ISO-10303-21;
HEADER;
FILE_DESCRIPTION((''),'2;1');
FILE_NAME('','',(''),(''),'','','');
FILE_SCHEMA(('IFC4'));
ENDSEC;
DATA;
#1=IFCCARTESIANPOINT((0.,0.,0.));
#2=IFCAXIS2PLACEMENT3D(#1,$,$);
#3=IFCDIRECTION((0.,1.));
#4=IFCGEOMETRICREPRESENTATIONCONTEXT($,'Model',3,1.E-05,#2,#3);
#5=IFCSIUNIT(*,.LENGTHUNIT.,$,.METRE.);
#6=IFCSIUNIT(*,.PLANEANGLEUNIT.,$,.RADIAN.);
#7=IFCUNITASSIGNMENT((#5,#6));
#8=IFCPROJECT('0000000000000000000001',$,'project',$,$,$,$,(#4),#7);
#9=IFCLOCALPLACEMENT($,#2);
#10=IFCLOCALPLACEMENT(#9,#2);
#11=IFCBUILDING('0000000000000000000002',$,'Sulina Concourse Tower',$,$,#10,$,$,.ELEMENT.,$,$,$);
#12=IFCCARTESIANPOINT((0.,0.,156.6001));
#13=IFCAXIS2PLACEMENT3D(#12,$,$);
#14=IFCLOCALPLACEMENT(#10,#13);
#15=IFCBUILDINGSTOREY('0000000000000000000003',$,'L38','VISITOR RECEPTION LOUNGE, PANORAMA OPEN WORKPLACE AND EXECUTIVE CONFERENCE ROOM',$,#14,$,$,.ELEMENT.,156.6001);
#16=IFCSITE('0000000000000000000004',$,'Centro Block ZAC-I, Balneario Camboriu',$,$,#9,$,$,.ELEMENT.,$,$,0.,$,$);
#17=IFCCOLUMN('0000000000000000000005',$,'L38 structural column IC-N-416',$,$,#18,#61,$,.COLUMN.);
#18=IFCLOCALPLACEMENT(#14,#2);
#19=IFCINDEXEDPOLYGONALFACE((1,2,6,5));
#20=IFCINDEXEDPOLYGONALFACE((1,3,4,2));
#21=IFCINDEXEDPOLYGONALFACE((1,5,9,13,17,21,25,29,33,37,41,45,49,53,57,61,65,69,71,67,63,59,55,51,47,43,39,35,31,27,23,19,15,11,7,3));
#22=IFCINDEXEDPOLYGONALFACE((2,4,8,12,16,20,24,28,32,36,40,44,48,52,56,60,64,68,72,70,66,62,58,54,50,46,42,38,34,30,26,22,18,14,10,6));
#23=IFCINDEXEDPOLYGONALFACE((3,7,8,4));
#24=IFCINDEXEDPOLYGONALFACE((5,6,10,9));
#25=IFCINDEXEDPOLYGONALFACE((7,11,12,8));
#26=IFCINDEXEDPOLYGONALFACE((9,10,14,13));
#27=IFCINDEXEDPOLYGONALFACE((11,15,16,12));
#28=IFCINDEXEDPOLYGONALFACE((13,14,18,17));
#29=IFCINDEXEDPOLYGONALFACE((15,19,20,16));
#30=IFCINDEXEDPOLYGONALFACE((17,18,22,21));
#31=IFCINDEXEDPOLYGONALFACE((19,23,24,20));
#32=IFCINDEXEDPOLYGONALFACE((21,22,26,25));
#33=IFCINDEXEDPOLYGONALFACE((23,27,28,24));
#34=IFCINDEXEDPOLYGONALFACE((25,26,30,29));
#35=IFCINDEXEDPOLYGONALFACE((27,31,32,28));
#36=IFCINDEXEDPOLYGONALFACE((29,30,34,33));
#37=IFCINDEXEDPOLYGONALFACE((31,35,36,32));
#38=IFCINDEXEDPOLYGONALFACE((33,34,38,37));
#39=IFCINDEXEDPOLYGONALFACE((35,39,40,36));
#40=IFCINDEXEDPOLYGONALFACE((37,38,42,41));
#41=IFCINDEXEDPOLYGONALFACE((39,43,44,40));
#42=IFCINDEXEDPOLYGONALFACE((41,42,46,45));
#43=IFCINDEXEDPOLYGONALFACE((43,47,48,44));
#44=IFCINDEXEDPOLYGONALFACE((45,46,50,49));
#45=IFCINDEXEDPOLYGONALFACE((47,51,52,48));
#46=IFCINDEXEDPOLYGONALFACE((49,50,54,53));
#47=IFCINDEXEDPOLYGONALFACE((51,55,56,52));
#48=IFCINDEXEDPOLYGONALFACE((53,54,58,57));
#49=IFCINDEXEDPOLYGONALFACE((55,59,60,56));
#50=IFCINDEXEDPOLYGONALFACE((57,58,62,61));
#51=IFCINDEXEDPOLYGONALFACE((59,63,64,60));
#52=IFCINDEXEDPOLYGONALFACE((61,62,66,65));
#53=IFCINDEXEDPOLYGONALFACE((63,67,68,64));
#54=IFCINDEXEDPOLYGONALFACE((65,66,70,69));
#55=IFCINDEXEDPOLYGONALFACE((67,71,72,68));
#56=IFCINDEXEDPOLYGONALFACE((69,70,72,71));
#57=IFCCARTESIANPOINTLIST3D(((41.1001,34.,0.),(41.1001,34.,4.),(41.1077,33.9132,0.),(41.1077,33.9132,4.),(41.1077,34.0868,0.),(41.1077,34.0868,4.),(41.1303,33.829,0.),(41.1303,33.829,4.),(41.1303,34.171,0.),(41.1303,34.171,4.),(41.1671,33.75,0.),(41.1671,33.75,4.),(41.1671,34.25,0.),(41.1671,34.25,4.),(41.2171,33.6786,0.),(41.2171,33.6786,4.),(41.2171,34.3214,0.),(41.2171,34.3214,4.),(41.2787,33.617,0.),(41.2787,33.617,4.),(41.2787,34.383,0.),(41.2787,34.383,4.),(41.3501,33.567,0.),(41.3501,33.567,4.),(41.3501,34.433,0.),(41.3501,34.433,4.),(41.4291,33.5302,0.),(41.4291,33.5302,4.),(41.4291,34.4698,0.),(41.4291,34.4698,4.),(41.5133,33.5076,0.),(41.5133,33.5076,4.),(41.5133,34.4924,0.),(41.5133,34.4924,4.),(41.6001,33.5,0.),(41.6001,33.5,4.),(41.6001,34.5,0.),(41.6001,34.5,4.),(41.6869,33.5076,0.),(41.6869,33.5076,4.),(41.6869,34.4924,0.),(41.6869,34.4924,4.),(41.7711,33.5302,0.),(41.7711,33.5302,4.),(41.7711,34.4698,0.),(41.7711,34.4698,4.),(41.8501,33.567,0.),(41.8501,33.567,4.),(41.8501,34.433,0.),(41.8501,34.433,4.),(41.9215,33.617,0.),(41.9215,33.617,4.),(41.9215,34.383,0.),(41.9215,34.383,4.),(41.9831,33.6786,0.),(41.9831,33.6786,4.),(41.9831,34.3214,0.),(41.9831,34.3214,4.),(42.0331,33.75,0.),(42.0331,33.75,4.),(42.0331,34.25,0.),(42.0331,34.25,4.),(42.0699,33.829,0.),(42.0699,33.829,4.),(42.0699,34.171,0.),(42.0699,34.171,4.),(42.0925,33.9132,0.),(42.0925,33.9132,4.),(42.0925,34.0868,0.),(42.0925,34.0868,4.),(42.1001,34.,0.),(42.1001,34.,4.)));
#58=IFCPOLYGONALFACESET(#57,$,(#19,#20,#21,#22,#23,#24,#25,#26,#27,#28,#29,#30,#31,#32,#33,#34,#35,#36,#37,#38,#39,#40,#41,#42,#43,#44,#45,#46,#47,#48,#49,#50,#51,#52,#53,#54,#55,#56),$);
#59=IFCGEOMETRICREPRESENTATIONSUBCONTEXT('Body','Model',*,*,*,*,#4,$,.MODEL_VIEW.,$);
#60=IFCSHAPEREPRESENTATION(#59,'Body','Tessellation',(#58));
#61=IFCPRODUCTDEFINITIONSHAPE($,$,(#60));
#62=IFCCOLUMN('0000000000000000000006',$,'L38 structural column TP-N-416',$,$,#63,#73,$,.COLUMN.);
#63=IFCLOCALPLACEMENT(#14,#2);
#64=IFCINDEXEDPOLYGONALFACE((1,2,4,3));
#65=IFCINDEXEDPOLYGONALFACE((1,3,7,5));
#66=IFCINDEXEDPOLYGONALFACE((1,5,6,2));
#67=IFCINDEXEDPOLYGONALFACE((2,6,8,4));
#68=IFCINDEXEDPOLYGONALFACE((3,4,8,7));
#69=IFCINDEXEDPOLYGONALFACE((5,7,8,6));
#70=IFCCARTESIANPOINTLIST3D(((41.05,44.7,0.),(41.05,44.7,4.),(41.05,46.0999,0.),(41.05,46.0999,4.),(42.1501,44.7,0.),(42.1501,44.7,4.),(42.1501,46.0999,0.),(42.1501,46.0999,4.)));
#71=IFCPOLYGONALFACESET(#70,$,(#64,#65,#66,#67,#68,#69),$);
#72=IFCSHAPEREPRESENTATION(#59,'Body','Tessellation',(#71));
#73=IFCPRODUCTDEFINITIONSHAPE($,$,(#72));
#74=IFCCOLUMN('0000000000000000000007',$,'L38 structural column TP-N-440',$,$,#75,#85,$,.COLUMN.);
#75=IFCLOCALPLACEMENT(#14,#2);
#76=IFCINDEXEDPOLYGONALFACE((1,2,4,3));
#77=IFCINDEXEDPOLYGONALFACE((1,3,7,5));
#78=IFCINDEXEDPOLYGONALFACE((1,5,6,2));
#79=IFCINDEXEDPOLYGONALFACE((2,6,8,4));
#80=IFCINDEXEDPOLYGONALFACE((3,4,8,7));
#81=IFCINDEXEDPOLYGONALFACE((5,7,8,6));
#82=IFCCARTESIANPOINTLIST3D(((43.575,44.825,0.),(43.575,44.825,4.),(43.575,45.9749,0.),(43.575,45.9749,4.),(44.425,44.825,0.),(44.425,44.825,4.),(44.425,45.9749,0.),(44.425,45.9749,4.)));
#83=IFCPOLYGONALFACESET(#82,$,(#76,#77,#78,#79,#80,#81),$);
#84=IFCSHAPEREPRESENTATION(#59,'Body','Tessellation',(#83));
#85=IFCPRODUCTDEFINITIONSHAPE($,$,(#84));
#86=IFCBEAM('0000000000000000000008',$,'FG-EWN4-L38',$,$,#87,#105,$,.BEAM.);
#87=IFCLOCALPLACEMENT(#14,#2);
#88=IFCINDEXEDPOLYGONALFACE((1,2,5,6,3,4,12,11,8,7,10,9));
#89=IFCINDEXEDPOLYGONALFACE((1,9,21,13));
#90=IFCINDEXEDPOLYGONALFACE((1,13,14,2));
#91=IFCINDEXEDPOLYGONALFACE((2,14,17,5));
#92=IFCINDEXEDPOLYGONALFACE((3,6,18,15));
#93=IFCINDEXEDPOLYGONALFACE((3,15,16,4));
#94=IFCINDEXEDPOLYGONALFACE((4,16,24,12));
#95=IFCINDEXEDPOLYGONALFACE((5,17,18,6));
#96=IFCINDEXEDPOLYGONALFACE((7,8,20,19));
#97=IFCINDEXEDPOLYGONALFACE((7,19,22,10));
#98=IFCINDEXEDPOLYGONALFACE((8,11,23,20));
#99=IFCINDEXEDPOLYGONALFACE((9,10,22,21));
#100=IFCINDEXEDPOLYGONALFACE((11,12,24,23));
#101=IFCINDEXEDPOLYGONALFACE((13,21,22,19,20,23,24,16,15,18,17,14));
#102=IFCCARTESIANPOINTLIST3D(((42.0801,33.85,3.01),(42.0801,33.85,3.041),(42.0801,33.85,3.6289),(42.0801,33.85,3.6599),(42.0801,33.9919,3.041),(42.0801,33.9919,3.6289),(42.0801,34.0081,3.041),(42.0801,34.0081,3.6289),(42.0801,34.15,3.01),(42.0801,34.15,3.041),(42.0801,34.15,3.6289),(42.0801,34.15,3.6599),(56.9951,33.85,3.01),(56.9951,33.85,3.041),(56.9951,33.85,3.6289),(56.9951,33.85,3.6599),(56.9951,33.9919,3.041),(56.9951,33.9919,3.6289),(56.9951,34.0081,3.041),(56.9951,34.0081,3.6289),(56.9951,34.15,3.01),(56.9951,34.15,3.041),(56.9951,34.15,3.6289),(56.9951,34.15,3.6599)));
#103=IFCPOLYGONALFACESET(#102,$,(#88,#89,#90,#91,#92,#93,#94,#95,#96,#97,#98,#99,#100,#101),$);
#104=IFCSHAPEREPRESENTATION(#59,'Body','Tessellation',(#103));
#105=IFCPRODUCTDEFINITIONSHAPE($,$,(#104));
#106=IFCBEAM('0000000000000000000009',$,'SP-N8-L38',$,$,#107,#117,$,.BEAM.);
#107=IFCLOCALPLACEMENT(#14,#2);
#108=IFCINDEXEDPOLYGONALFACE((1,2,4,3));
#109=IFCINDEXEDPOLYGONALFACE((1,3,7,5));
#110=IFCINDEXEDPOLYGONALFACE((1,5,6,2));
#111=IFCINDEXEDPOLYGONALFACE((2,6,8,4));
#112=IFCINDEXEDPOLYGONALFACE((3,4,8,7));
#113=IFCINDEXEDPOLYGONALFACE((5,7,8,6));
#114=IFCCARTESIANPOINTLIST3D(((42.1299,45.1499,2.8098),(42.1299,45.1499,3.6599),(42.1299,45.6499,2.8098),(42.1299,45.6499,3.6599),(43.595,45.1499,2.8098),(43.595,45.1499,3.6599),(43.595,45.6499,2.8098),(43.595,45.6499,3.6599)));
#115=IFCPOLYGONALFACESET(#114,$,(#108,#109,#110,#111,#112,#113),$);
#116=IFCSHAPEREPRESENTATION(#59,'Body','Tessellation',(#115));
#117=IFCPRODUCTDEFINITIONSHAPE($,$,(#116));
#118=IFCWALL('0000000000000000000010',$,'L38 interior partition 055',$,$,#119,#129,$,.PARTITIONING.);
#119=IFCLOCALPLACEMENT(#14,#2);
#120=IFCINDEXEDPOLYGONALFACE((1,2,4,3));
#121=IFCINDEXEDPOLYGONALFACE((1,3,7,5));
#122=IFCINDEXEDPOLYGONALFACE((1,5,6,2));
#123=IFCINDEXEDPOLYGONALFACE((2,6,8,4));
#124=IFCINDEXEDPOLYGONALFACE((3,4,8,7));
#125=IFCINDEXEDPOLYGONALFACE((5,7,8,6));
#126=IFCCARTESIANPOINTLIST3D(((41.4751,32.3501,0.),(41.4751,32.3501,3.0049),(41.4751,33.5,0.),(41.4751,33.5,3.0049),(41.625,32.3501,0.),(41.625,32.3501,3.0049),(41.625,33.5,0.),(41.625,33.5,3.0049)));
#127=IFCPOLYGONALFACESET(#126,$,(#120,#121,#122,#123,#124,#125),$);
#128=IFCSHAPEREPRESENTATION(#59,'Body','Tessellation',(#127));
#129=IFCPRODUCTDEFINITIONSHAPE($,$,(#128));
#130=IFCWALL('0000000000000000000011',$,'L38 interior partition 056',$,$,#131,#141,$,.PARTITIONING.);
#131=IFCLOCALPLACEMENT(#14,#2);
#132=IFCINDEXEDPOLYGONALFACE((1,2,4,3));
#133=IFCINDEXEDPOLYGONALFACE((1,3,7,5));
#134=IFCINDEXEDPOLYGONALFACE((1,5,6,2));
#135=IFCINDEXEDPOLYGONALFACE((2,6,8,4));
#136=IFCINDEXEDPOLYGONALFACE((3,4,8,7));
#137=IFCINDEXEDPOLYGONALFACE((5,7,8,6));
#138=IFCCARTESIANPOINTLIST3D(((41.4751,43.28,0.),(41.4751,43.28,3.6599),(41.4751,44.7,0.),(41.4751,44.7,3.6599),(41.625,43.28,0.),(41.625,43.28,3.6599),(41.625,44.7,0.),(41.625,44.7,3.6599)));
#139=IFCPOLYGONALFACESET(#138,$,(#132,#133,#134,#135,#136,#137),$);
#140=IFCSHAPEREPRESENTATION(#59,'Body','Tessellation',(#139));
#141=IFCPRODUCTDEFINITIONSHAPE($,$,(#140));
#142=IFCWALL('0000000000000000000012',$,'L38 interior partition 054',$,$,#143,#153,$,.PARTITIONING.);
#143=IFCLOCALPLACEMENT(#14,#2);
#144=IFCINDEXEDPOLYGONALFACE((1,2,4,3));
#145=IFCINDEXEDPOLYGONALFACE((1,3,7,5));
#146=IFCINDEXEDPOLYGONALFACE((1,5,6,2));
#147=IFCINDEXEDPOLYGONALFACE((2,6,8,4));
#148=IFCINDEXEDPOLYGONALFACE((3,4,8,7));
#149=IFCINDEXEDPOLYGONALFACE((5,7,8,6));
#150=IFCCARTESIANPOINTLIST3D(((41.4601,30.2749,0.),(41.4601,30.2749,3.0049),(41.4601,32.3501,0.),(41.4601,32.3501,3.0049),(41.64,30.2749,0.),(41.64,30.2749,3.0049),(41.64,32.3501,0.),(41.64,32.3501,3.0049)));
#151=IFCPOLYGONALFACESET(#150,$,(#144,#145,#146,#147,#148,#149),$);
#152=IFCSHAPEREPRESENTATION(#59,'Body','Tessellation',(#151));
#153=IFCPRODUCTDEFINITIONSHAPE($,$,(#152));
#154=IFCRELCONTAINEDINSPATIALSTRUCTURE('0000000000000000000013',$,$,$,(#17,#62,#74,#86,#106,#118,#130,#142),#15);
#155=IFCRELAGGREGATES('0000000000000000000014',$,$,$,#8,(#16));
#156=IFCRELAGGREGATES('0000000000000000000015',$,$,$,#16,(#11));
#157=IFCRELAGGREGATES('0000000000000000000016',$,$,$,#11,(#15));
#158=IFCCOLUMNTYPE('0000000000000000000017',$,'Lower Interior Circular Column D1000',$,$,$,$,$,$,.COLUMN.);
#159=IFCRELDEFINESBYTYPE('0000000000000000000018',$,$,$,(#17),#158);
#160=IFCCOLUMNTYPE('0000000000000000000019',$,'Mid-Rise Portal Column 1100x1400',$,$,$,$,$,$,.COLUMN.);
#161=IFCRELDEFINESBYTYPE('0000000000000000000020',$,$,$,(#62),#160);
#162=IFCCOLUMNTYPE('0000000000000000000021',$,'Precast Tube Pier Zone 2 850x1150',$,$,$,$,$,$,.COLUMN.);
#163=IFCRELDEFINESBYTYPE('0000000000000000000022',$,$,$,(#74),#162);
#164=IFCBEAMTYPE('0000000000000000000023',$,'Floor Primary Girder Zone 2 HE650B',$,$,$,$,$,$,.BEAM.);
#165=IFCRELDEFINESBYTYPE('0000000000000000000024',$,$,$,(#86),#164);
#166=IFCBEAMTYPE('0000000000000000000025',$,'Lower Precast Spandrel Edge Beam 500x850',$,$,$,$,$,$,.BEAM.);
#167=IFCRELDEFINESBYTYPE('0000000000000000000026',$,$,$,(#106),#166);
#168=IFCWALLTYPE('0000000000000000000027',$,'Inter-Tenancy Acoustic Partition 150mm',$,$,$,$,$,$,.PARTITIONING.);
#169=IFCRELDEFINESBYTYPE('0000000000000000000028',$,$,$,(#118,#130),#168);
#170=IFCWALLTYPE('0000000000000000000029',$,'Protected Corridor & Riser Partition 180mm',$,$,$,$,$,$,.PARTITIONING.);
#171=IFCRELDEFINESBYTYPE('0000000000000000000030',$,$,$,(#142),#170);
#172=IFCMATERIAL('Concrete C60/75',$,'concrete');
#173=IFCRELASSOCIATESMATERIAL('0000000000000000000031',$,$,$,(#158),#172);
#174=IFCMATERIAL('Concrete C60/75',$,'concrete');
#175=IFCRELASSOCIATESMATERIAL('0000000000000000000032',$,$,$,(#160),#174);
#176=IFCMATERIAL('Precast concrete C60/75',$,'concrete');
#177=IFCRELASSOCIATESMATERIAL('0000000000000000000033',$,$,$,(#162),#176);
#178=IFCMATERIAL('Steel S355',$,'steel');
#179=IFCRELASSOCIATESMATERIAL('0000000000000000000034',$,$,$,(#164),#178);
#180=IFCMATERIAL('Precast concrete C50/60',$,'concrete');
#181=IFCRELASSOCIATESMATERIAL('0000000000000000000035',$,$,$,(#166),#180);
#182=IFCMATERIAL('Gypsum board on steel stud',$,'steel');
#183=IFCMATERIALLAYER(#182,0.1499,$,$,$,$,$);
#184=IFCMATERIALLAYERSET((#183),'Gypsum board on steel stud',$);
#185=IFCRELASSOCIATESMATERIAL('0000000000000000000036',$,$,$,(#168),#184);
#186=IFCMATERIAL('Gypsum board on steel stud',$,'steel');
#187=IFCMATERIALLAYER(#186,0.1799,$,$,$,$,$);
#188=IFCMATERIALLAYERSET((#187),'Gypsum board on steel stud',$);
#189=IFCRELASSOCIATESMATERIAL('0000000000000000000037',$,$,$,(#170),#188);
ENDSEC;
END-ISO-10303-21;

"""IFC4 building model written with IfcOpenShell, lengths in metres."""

from ifc_helpers import new_model, si_unit, direction, frame, frame_2d, origin, origin_2d, place, context, subcontext, project, spatial, rectangle, circle, i_section, extrude, material, layer, layer_set, material_profile, profile_set, type_object, element, save


model = new_model("IFC4")

# Units and contexts
model_context = context("Model", 3, precision=1e-05, world=origin(), true_north=direction((0.0, 1.0)))
body_context = subcontext(model_context, "Body", "Model", "MODEL_VIEW")
ifc_project = project(units=[si_unit("LENGTHUNIT", "METRE"), si_unit("PLANEANGLEUNIT", "RADIAN")], contexts=[model_context])

# Site, building, storey
site_placement = place(None, origin())
site = spatial("IfcSite", under=ifc_project, at=site_placement, Name="Centro Block ZAC-I, Balneario Camboriu", CompositionType="ELEMENT", RefElevation=0.0)
building_placement = place(site_placement, origin())
building = spatial("IfcBuilding", under=site, at=building_placement, Name="Sulina Concourse Tower", CompositionType="ELEMENT")
storey_placement = place(building_placement, frame((0.0, 0.0, 156.6001)))
storey = spatial("IfcBuildingStorey", under=building, at=storey_placement, Name="L38", Description="VISITOR RECEPTION LOUNGE, PANORAMA OPEN WORKPLACE AND EXECUTIVE CONFERENCE ROOM", CompositionType="ELEMENT", Elevation=156.6001)

# Columns
ifc_material_1 = material(Name="Concrete C60/75", Category="concrete")
ifc_material_profile_1 = material_profile(ifc_material_1, circle(Radius=0.5, at=origin_2d()), Name="RC D1000")
ifc_profile_set_1 = profile_set([ifc_material_profile_1], Name="Concrete C60/75")
column_type_1 = type_object("IfcColumnType", Name="Lower Interior Circular Column D1000", PredefinedType="COLUMN", material=ifc_profile_set_1)
column_1_placement = place(storey_placement, frame((41.6001, 34.0, 0.0), z_axis=(0.0, 0.0, 1.0), x_axis=(1.0, 0.0, 0.0)))
element("IfcColumn", 1, at=column_1_placement, inside=storey, type_object=column_type_1, Name="L38 structural column IC-N-416", PredefinedType="COLUMN", context=body_context, shape_type="SweptSolid", body=[
    extrude(circle(Radius=0.5, at=origin_2d()), origin(), (0.0, 0.0, 1.0), 4.0),
])
ifc_material_2 = material(Name="Concrete C60/75", Category="concrete")
ifc_material_profile_2 = material_profile(ifc_material_2, rectangle(XDim=1.1001, YDim=1.3999, at=origin_2d()), Name="RC 1100x1400")
ifc_profile_set_2 = profile_set([ifc_material_profile_2], Name="Concrete C60/75")
column_type_2 = type_object("IfcColumnType", Name="Mid-Rise Portal Column 1100x1400", PredefinedType="COLUMN", material=ifc_profile_set_2)
column_2_placement = place(storey_placement, frame((41.6001, 45.3999, 0.0), z_axis=(0.0, 0.0, 1.0), x_axis=(1.0, 0.0, 0.0)))
element("IfcColumn", 2, at=column_2_placement, inside=storey, type_object=column_type_2, Name="L38 structural column TP-N-416", PredefinedType="COLUMN", context=body_context, shape_type="SweptSolid", body=[
    extrude(rectangle(XDim=1.1001, YDim=1.3999, at=origin_2d()), origin(), (0.0, 0.0, 1.0), 4.0),
])
ifc_material_3 = material(Name="Precast concrete C60/75", Category="concrete")
ifc_material_profile_3 = material_profile(ifc_material_3, rectangle(XDim=0.8501, YDim=1.1499, at=origin_2d()), Name="PC 850x1150")
ifc_profile_set_3 = profile_set([ifc_material_profile_3], Name="Precast concrete C60/75")
column_type_3 = type_object("IfcColumnType", Name="Precast Tube Pier Zone 2 850x1150", PredefinedType="COLUMN", material=ifc_profile_set_3)
column_3_placement = place(storey_placement, frame((44.0, 45.3999, 0.0), z_axis=(0.0, 0.0, 1.0), x_axis=(1.0, 0.0, 0.0)))
element("IfcColumn", 3, at=column_3_placement, inside=storey, type_object=column_type_3, Name="L38 structural column TP-N-440", PredefinedType="COLUMN", context=body_context, shape_type="SweptSolid", body=[
    extrude(rectangle(XDim=0.8501, YDim=1.1499, at=origin_2d()), origin(), (0.0, 0.0, 1.0), 4.0),
])

# Beams
ifc_material_4 = material(Name="Steel S355", Category="steel")
ifc_material_profile_4 = material_profile(ifc_material_4, i_section(OverallWidth=0.3, OverallDepth=0.6499, WebThickness=0.0161, FlangeThickness=0.031, at=origin_2d()), Name="HE 650 B")
ifc_profile_set_4 = profile_set([ifc_material_profile_4], Name="Steel S355")
beam_type_1 = type_object("IfcBeamType", Name="Floor Primary Girder Zone 2 HE650B", PredefinedType="BEAM", material=ifc_profile_set_4)
beam_1_placement = place(storey_placement, frame((42.0801, 34.0, 3.335), z_axis=(1.0, 0.0, 0.0), x_axis=(0.0, 1.0, 0.0)))
element("IfcBeam", 4, at=beam_1_placement, inside=storey, type_object=beam_type_1, Name="FG-EWN4-L38", PredefinedType="BEAM", context=body_context, shape_type="SweptSolid", body=[
    extrude(i_section(OverallWidth=0.3, OverallDepth=0.6499, WebThickness=0.0161, FlangeThickness=0.031, at=origin_2d()), origin(), (0.0, 0.0, 1.0), 14.915),
])
ifc_material_5 = material(Name="Precast concrete C50/60", Category="concrete")
ifc_material_profile_5 = material_profile(ifc_material_5, rectangle(XDim=0.5, YDim=0.8501, at=origin_2d()), Name="RC 500x850")
ifc_profile_set_5 = profile_set([ifc_material_profile_5], Name="Precast concrete C50/60")
beam_type_2 = type_object("IfcBeamType", Name="Lower Precast Spandrel Edge Beam 500x850", PredefinedType="BEAM", material=ifc_profile_set_5)
beam_2_placement = place(storey_placement, frame((42.1299, 45.3999, 3.2349), z_axis=(1.0, 0.0, 0.0), x_axis=(0.0, 1.0, 0.0)))
element("IfcBeam", 5, at=beam_2_placement, inside=storey, type_object=beam_type_2, Name="SP-N8-L38", PredefinedType="BEAM", context=body_context, shape_type="SweptSolid", body=[
    extrude(rectangle(XDim=0.5, YDim=0.8501, at=origin_2d()), origin(), (0.0, 0.0, 1.0), 1.4651),
])

# Walls
ifc_material_6 = material(Name="Gypsum board on steel stud", Category="steel")
ifc_layer_1 = layer(ifc_material_6, 0.1499)
ifc_layer_set_1 = layer_set([ifc_layer_1], Name="Gypsum board on steel stud")
wall_type_1 = type_object("IfcWallType", Name="Inter-Tenancy Acoustic Partition 150mm", PredefinedType="PARTITIONING", material=ifc_layer_set_1)
wall_1_placement = place(storey_placement, frame((41.55, 32.3501, 0.0), z_axis=(0.0, 0.0, 1.0), x_axis=(0.0, 1.0, 0.0)))
element("IfcWall", 6, at=wall_1_placement, inside=storey, type_object=wall_type_1, Name="L38 interior partition 055", PredefinedType="PARTITIONING", context=body_context, shape_type="SweptSolid", body=[
    extrude(rectangle(XDim=1.1499, YDim=0.1499, at=frame_2d((0.575, 0.0))), origin(), (0.0, 0.0, 1.0), 3.0049),
])
wall_2_placement = place(storey_placement, frame((41.55, 43.28, 0.0), z_axis=(0.0, 0.0, 1.0), x_axis=(0.0, 1.0, 0.0)))
element("IfcWall", 7, at=wall_2_placement, inside=storey, type_object=wall_type_1, Name="L38 interior partition 056", PredefinedType="PARTITIONING", context=body_context, shape_type="SweptSolid", body=[
    extrude(rectangle(XDim=1.4199, YDim=0.1499, at=frame_2d((0.71, 0.0))), origin(), (0.0, 0.0, 1.0), 3.6599),
])
ifc_material_7 = material(Name="Gypsum board on steel stud", Category="steel")
ifc_layer_2 = layer(ifc_material_7, 0.1799)
ifc_layer_set_2 = layer_set([ifc_layer_2], Name="Gypsum board on steel stud")
wall_type_2 = type_object("IfcWallType", Name="Protected Corridor & Riser Partition 180mm", PredefinedType="PARTITIONING", material=ifc_layer_set_2)
wall_3_placement = place(storey_placement, frame((41.55, 30.2749, 0.0), z_axis=(0.0, 0.0, 1.0), x_axis=(0.0, 1.0, 0.0)))
element("IfcWall", 8, at=wall_3_placement, inside=storey, type_object=wall_type_2, Name="L38 interior partition 054", PredefinedType="PARTITIONING", context=body_context, shape_type="SweptSolid", body=[
    extrude(rectangle(XDim=2.0752, YDim=0.1799, at=frame_2d((1.0376, 0.0))), origin(), (0.0, 0.0, 1.0), 3.0049),
])

save(model, "model.ifc")
